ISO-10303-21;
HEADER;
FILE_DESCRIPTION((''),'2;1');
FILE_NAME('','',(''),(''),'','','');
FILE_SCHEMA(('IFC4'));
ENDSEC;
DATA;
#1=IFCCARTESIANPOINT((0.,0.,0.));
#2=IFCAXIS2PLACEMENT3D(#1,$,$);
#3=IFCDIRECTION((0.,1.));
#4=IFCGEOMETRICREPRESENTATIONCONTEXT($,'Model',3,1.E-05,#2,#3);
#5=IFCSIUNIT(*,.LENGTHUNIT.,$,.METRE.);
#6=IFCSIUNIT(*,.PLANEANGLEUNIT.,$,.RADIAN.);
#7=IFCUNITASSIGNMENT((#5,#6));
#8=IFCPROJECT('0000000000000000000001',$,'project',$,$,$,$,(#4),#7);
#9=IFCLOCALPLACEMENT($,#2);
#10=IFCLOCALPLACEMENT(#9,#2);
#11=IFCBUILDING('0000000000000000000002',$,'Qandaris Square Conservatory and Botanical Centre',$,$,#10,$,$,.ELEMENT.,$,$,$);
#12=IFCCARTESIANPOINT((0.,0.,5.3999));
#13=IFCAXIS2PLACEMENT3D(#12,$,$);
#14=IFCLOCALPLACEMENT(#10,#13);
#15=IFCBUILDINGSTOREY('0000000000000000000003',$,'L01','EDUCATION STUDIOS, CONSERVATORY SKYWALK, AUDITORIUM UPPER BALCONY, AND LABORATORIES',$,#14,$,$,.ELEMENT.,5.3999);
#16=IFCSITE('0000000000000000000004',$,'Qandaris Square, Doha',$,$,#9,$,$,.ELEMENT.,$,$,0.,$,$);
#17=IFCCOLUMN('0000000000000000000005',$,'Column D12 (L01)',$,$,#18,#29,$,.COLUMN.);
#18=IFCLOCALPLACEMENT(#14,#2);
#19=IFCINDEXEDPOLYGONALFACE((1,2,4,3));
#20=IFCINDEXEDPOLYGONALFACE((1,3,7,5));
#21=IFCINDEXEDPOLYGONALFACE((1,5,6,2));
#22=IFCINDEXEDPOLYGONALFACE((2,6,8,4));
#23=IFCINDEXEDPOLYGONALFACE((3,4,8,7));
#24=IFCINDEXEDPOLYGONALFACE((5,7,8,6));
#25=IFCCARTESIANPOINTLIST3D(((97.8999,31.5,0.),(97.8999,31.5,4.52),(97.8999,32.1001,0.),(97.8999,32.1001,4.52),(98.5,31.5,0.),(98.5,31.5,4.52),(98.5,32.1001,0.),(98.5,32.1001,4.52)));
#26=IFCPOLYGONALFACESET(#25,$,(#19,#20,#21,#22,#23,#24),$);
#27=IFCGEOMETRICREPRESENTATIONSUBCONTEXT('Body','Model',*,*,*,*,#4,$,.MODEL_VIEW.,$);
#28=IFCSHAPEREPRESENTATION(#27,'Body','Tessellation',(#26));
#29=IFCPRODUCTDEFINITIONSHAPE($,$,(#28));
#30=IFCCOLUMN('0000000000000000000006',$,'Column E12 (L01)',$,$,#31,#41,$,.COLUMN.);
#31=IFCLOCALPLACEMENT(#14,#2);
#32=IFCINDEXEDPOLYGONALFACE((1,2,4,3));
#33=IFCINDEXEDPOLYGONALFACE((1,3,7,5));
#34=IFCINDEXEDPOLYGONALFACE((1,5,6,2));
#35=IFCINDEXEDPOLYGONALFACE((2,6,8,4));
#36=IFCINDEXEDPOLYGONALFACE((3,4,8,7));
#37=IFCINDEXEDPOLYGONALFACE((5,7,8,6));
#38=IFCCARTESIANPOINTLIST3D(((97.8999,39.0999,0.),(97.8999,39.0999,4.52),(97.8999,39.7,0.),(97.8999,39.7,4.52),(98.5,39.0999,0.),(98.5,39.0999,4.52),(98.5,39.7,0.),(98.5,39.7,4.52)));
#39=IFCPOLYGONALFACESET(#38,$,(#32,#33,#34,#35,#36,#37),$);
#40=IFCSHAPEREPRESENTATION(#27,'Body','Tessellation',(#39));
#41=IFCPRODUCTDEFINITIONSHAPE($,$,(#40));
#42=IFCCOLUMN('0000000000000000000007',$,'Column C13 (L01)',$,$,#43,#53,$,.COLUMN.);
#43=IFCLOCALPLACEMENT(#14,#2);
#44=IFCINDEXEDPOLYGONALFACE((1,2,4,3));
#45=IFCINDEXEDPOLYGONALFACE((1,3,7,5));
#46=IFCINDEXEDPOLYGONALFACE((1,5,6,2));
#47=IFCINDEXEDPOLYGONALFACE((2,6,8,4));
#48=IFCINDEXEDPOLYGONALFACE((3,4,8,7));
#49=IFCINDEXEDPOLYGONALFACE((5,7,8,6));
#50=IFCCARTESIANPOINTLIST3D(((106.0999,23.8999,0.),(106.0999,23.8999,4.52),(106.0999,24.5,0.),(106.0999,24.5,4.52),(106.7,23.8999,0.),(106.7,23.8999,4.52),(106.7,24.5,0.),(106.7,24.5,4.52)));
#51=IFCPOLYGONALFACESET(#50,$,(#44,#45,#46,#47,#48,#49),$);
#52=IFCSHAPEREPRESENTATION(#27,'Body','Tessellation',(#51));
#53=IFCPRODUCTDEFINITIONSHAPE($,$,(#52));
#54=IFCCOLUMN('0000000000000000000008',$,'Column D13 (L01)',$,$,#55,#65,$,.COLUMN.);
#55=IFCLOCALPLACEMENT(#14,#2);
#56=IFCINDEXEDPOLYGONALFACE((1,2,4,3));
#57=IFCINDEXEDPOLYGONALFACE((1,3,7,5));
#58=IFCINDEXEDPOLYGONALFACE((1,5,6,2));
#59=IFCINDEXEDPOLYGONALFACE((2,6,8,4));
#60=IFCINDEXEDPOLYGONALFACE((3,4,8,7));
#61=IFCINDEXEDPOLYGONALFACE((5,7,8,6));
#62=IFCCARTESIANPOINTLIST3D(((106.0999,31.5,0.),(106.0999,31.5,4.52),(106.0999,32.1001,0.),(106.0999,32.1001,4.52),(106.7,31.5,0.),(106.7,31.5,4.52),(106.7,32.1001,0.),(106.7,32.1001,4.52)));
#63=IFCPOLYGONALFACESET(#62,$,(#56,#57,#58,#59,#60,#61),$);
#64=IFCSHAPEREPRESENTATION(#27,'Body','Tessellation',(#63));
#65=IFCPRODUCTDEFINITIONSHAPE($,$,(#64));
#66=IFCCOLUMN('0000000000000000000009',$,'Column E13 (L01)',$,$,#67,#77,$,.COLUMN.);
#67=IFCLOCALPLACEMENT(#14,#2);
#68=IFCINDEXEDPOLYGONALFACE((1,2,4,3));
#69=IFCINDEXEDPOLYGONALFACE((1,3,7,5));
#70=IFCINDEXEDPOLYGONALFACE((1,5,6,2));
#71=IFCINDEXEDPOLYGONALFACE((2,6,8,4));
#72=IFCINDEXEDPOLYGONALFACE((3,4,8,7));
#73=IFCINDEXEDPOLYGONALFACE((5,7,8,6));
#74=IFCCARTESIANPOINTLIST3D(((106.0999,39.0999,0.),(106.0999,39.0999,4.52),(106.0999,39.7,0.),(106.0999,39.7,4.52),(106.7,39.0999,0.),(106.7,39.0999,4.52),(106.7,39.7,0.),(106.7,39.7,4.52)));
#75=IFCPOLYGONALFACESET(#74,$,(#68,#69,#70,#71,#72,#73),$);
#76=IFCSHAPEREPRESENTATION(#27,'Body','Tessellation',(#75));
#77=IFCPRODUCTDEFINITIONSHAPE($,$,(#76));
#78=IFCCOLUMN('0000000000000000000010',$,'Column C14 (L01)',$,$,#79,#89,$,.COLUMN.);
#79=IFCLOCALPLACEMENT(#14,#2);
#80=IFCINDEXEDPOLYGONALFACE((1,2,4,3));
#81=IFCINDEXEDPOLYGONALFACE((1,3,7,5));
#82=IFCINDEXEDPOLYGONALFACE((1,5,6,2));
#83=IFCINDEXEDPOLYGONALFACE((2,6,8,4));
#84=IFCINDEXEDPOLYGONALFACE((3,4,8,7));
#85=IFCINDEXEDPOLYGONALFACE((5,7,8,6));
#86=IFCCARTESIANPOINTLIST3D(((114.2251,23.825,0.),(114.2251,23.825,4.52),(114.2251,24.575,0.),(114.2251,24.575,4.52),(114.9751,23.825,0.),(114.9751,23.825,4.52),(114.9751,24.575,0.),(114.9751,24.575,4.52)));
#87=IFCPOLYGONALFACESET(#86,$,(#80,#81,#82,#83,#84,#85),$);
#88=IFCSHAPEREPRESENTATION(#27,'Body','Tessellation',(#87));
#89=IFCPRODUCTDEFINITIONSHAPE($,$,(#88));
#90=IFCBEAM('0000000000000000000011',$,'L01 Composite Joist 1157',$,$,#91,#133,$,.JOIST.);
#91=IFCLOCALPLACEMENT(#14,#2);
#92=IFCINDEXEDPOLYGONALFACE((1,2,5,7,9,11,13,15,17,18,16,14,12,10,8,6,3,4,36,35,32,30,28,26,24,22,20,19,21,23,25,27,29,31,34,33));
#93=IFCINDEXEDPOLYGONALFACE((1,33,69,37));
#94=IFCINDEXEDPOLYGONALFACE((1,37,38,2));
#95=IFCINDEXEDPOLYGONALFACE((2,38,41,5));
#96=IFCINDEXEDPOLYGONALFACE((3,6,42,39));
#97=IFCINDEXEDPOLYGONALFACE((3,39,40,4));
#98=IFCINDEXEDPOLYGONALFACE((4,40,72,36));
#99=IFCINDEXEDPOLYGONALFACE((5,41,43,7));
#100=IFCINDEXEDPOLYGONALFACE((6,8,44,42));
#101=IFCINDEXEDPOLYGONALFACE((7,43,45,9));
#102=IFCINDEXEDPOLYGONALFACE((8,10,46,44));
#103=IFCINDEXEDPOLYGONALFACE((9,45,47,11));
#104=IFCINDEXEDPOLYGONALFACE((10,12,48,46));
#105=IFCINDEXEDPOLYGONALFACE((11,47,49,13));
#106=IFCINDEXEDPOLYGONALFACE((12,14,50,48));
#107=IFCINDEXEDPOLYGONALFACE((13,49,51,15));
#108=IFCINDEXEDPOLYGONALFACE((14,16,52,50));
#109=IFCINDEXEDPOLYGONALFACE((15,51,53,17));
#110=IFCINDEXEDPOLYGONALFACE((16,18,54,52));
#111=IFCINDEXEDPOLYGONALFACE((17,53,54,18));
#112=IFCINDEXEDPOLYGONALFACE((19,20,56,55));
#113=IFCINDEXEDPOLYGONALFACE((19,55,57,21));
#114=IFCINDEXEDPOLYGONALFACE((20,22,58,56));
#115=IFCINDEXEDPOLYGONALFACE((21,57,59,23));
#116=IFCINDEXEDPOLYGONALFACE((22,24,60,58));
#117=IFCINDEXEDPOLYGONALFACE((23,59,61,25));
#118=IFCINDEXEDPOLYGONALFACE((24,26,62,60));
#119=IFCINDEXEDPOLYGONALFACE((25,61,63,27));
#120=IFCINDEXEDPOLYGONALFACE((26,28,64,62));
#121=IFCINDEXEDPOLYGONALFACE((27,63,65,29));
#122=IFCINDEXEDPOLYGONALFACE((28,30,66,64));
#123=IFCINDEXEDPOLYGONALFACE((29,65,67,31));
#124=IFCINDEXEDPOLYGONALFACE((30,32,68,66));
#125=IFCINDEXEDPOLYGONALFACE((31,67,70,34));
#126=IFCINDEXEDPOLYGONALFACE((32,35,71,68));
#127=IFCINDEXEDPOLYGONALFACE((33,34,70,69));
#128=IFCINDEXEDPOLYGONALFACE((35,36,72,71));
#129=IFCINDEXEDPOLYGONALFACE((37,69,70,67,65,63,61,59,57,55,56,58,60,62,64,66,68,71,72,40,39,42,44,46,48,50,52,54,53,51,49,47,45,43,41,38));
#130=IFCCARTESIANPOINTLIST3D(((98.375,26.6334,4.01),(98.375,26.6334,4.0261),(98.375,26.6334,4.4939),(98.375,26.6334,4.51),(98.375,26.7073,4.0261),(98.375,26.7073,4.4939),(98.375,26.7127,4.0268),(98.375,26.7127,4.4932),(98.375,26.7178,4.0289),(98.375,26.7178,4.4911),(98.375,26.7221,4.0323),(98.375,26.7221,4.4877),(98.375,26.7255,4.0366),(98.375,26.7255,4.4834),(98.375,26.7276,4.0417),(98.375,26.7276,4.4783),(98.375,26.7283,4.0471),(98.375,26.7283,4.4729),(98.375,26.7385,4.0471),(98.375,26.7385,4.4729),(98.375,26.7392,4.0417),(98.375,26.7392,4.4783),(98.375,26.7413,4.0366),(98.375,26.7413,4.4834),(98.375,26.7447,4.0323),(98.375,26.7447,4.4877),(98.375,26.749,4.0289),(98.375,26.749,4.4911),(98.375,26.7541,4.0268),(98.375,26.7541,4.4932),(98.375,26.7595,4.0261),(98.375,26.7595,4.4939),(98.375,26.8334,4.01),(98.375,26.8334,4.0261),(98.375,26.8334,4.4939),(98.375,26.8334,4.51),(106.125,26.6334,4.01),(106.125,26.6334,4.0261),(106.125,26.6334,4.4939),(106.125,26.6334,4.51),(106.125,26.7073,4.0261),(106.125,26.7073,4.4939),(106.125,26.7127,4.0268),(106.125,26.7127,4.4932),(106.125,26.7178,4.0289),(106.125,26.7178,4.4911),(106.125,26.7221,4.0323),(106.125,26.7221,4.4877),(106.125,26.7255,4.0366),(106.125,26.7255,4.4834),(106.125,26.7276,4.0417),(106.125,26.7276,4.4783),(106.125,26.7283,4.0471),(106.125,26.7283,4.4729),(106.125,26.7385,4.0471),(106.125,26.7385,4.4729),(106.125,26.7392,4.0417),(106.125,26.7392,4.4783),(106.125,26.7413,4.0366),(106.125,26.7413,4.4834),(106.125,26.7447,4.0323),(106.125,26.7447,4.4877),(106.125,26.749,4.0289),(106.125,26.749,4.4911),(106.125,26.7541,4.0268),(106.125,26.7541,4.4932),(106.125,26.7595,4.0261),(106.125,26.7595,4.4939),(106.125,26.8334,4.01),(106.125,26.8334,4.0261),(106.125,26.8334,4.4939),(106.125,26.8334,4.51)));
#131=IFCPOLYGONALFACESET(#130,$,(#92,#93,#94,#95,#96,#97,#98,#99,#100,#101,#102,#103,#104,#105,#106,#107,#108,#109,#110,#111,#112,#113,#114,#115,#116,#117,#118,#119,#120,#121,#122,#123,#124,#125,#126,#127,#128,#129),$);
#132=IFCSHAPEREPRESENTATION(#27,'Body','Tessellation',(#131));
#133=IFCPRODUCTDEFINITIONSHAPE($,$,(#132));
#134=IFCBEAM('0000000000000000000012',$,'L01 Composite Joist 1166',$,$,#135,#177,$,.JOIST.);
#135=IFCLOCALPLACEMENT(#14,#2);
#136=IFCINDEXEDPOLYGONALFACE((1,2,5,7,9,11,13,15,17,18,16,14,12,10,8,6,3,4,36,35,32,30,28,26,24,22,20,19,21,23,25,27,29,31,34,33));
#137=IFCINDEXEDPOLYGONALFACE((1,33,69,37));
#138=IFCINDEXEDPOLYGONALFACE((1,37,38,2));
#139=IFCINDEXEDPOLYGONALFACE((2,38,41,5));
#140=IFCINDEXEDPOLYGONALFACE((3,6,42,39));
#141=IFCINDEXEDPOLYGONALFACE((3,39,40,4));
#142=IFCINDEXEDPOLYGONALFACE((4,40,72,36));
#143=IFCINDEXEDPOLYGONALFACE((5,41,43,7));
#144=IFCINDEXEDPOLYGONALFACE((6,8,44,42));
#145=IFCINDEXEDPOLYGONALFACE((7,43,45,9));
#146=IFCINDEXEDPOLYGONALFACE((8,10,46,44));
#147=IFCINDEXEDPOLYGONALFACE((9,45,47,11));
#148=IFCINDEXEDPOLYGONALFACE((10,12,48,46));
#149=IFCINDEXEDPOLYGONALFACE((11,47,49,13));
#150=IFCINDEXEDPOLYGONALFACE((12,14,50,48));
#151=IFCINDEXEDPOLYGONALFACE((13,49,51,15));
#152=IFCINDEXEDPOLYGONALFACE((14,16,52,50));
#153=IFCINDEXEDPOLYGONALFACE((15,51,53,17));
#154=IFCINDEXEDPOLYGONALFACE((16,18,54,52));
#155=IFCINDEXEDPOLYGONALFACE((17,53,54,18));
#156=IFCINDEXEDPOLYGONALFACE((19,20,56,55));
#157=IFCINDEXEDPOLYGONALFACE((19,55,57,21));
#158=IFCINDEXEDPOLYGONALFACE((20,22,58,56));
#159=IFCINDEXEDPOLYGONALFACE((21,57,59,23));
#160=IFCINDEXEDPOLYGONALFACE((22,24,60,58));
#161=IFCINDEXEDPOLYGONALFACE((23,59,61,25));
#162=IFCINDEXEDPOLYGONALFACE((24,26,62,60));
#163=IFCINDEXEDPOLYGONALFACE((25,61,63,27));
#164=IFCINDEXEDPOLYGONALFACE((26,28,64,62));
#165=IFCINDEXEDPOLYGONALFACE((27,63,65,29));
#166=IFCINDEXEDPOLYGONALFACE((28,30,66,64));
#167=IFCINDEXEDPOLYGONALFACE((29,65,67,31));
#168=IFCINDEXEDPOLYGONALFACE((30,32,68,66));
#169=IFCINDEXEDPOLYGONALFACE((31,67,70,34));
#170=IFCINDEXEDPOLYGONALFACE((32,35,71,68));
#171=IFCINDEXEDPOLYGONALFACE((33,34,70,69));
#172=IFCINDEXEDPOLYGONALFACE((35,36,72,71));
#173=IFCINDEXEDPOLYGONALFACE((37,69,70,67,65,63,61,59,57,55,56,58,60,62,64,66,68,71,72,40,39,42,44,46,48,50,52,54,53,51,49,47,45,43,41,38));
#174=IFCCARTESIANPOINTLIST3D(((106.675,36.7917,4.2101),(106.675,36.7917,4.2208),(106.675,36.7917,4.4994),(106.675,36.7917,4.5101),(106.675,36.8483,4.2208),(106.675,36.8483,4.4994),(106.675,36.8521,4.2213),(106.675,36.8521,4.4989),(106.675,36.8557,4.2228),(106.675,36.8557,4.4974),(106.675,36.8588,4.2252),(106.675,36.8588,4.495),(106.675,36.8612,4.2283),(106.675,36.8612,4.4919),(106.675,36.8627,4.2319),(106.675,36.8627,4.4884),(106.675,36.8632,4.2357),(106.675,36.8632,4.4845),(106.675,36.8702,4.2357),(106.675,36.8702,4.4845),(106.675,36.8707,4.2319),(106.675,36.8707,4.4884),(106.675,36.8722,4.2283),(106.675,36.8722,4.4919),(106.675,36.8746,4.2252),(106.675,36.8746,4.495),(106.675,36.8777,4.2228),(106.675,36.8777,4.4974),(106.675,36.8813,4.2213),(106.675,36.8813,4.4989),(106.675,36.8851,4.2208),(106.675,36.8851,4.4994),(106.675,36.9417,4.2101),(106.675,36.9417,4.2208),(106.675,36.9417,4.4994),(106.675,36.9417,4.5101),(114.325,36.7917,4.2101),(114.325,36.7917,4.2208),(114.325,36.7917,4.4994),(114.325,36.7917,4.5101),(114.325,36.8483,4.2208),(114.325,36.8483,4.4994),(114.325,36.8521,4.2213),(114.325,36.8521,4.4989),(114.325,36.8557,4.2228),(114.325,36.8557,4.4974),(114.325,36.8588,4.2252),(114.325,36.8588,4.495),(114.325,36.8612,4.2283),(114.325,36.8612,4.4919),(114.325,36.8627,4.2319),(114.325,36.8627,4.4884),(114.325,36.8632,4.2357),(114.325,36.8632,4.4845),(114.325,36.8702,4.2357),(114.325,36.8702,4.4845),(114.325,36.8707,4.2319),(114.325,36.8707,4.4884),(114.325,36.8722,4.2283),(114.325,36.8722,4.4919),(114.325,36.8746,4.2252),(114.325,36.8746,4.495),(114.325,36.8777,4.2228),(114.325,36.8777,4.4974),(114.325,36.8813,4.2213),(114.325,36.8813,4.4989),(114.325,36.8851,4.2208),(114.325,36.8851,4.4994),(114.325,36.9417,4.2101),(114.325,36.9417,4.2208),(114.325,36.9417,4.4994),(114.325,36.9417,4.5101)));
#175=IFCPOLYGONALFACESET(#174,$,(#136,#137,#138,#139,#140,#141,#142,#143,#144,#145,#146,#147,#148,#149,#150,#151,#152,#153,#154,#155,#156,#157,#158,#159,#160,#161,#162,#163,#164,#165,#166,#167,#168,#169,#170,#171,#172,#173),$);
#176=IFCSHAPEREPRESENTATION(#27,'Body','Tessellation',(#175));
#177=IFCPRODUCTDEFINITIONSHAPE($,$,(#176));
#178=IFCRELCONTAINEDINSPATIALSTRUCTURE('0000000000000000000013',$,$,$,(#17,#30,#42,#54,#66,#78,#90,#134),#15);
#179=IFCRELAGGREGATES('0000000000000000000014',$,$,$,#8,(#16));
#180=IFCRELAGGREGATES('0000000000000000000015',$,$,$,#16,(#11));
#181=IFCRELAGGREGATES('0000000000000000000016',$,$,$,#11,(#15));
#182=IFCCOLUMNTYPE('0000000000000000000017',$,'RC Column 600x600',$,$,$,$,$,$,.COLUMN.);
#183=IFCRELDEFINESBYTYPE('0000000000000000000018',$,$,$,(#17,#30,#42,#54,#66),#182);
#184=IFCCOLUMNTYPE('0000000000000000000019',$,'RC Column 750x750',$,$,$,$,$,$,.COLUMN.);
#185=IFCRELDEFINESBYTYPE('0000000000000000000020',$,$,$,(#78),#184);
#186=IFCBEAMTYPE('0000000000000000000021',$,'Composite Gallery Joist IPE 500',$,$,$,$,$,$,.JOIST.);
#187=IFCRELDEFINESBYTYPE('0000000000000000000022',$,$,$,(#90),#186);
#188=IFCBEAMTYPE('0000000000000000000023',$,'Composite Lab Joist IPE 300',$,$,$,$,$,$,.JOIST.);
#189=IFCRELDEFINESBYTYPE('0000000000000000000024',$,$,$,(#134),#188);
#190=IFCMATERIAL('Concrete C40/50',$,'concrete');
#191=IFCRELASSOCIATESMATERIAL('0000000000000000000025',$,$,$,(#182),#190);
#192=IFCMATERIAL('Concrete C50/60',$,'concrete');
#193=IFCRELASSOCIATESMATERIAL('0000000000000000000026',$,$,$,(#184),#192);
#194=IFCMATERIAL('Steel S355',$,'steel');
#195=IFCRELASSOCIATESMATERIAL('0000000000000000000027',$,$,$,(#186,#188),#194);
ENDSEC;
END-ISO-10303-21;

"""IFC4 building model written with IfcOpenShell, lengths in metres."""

from ifc_helpers import new_model, si_unit, direction, frame, origin, origin_2d, place, context, subcontext, project, spatial, rectangle, i_section, extrude, material, material_profile, profile_set, type_object, element, save


model = new_model("IFC4")

# Units and contexts
model_context = context("Model", 3, precision=1e-05, world=origin(), true_north=direction((0.0, 1.0)))
body_context = subcontext(model_context, "Body", "Model", "MODEL_VIEW")
ifc_project = project(units=[si_unit("LENGTHUNIT", "METRE"), si_unit("PLANEANGLEUNIT", "RADIAN")], contexts=[model_context])

# Site, building, storey
site_placement = place(None, origin())
site = spatial("IfcSite", under=ifc_project, at=site_placement, Name="Qandaris Square, Doha", CompositionType="ELEMENT", RefElevation=0.0)
building_placement = place(site_placement, origin())
building = spatial("IfcBuilding", under=site, at=building_placement, Name="Qandaris Square Conservatory and Botanical Centre", CompositionType="ELEMENT")
storey_placement = place(building_placement, frame((0.0, 0.0, 5.3999)))
storey = spatial("IfcBuildingStorey", under=building, at=storey_placement, Name="L01", Description="EDUCATION STUDIOS, CONSERVATORY SKYWALK, AUDITORIUM UPPER BALCONY, AND LABORATORIES", CompositionType="ELEMENT", Elevation=5.3999)

# Columns
ifc_material_1 = material(Name="Concrete C40/50", Category="concrete")
ifc_material_profile_1 = material_profile(ifc_material_1, rectangle(XDim=0.6001, YDim=0.6001, at=origin_2d()), Name="RC-COL 600x600")
ifc_profile_set_1 = profile_set([ifc_material_profile_1], Name="Concrete C40/50")
column_type_1 = type_object("IfcColumnType", Name="RC Column 600x600", PredefinedType="COLUMN", material=ifc_profile_set_1)
for number, where, z_axis, x_axis, name in (
    (1, (98.2, 31.8, 0.0), (0.0, 0.0, 1.0), (1.0, 0.0, 0.0), "Column D12 (L01)"),
    (2, (98.2, 39.3999, 0.0), (0.0, 0.0, 1.0), (1.0, 0.0, 0.0), "Column E12 (L01)"),
    (3, (106.3999, 24.2, 0.0), (0.0, 0.0, 1.0), (1.0, 0.0, 0.0), "Column C13 (L01)"),
    (4, (106.3999, 31.8, 0.0), (0.0, 0.0, 1.0), (1.0, 0.0, 0.0), "Column D13 (L01)"),
    (5, (106.3999, 39.3999, 0.0), (0.0, 0.0, 1.0), (1.0, 0.0, 0.0), "Column E13 (L01)"),
):
    element("IfcColumn", number, at=place(storey_placement, frame(where, z_axis=z_axis, x_axis=x_axis)), inside=storey, type_object=column_type_1, Name=name, PredefinedType="COLUMN", context=body_context, shape_type="SweptSolid", body=[
        extrude(rectangle(XDim=0.6001, YDim=0.6001, at=origin_2d()), origin(), (0.0, 0.0, 1.0), 4.52),
    ])
ifc_material_2 = material(Name="Concrete C50/60", Category="concrete")
ifc_material_profile_2 = material_profile(ifc_material_2, rectangle(XDim=0.75, YDim=0.75, at=origin_2d()), Name="RC-COL 750x750")
ifc_profile_set_2 = profile_set([ifc_material_profile_2], Name="Concrete C50/60")
column_type_2 = type_object("IfcColumnType", Name="RC Column 750x750", PredefinedType="COLUMN", material=ifc_profile_set_2)
column_placement = place(storey_placement, frame((114.6001, 24.2, 0.0), z_axis=(0.0, 0.0, 1.0), x_axis=(1.0, 0.0, 0.0)))
element("IfcColumn", 6, at=column_placement, inside=storey, type_object=column_type_2, Name="Column C14 (L01)", PredefinedType="COLUMN", context=body_context, shape_type="SweptSolid", body=[
    extrude(rectangle(XDim=0.75, YDim=0.75, at=origin_2d()), origin(), (0.0, 0.0, 1.0), 4.52),
])

# Beams
ifc_material_3 = material(Name="Steel S355", Category="steel")
ifc_material_profile_3 = material_profile(ifc_material_3, i_section(OverallWidth=0.2, OverallDepth=0.5, WebThickness=0.0103, FlangeThickness=0.0161, FilletRadius=0.021, at=origin_2d()), Name="IPE 500")
ifc_profile_set_3 = profile_set([ifc_material_profile_3], Name="Steel S355")
beam_type_1 = type_object("IfcBeamType", Name="Composite Gallery Joist IPE 500", PredefinedType="JOIST", material=ifc_profile_set_3)
beam_1_placement = place(storey_placement, frame((98.375, 26.7334, 4.26), z_axis=(1.0, 0.0, 0.0), x_axis=(0.0, 1.0, 0.0)))
element("IfcBeam", 7, at=beam_1_placement, inside=storey, type_object=beam_type_1, Name="L01 Composite Joist 1157", PredefinedType="JOIST", context=body_context, shape_type="SweptSolid", body=[
    extrude(i_section(OverallWidth=0.2, OverallDepth=0.5, WebThickness=0.0103, FlangeThickness=0.0161, FilletRadius=0.021, at=origin_2d()), origin(), (0.0, 0.0, 1.0), 7.75),
])
ifc_material_profile_4 = material_profile(ifc_material_3, i_section(OverallWidth=0.1499, OverallDepth=0.3, WebThickness=0.0071, FlangeThickness=0.0107, FilletRadius=0.0149, at=origin_2d()), Name="IPE 300")
ifc_profile_set_4 = profile_set([ifc_material_profile_4], Name="Steel S355")
beam_type_2 = type_object("IfcBeamType", Name="Composite Lab Joist IPE 300", PredefinedType="JOIST", material=ifc_profile_set_4)
beam_2_placement = place(storey_placement, frame((106.675, 36.8667, 4.3601), z_axis=(1.0, 0.0, 0.0), x_axis=(0.0, 1.0, 0.0)))
element("IfcBeam", 8, at=beam_2_placement, inside=storey, type_object=beam_type_2, Name="L01 Composite Joist 1166", PredefinedType="JOIST", context=body_context, shape_type="SweptSolid", body=[
    extrude(i_section(OverallWidth=0.1499, OverallDepth=0.3, WebThickness=0.0071, FlangeThickness=0.0107, FilletRadius=0.0149, at=origin_2d()), origin(), (0.0, 0.0, 1.0), 7.6499),
])

save(model, "model.ifc")
